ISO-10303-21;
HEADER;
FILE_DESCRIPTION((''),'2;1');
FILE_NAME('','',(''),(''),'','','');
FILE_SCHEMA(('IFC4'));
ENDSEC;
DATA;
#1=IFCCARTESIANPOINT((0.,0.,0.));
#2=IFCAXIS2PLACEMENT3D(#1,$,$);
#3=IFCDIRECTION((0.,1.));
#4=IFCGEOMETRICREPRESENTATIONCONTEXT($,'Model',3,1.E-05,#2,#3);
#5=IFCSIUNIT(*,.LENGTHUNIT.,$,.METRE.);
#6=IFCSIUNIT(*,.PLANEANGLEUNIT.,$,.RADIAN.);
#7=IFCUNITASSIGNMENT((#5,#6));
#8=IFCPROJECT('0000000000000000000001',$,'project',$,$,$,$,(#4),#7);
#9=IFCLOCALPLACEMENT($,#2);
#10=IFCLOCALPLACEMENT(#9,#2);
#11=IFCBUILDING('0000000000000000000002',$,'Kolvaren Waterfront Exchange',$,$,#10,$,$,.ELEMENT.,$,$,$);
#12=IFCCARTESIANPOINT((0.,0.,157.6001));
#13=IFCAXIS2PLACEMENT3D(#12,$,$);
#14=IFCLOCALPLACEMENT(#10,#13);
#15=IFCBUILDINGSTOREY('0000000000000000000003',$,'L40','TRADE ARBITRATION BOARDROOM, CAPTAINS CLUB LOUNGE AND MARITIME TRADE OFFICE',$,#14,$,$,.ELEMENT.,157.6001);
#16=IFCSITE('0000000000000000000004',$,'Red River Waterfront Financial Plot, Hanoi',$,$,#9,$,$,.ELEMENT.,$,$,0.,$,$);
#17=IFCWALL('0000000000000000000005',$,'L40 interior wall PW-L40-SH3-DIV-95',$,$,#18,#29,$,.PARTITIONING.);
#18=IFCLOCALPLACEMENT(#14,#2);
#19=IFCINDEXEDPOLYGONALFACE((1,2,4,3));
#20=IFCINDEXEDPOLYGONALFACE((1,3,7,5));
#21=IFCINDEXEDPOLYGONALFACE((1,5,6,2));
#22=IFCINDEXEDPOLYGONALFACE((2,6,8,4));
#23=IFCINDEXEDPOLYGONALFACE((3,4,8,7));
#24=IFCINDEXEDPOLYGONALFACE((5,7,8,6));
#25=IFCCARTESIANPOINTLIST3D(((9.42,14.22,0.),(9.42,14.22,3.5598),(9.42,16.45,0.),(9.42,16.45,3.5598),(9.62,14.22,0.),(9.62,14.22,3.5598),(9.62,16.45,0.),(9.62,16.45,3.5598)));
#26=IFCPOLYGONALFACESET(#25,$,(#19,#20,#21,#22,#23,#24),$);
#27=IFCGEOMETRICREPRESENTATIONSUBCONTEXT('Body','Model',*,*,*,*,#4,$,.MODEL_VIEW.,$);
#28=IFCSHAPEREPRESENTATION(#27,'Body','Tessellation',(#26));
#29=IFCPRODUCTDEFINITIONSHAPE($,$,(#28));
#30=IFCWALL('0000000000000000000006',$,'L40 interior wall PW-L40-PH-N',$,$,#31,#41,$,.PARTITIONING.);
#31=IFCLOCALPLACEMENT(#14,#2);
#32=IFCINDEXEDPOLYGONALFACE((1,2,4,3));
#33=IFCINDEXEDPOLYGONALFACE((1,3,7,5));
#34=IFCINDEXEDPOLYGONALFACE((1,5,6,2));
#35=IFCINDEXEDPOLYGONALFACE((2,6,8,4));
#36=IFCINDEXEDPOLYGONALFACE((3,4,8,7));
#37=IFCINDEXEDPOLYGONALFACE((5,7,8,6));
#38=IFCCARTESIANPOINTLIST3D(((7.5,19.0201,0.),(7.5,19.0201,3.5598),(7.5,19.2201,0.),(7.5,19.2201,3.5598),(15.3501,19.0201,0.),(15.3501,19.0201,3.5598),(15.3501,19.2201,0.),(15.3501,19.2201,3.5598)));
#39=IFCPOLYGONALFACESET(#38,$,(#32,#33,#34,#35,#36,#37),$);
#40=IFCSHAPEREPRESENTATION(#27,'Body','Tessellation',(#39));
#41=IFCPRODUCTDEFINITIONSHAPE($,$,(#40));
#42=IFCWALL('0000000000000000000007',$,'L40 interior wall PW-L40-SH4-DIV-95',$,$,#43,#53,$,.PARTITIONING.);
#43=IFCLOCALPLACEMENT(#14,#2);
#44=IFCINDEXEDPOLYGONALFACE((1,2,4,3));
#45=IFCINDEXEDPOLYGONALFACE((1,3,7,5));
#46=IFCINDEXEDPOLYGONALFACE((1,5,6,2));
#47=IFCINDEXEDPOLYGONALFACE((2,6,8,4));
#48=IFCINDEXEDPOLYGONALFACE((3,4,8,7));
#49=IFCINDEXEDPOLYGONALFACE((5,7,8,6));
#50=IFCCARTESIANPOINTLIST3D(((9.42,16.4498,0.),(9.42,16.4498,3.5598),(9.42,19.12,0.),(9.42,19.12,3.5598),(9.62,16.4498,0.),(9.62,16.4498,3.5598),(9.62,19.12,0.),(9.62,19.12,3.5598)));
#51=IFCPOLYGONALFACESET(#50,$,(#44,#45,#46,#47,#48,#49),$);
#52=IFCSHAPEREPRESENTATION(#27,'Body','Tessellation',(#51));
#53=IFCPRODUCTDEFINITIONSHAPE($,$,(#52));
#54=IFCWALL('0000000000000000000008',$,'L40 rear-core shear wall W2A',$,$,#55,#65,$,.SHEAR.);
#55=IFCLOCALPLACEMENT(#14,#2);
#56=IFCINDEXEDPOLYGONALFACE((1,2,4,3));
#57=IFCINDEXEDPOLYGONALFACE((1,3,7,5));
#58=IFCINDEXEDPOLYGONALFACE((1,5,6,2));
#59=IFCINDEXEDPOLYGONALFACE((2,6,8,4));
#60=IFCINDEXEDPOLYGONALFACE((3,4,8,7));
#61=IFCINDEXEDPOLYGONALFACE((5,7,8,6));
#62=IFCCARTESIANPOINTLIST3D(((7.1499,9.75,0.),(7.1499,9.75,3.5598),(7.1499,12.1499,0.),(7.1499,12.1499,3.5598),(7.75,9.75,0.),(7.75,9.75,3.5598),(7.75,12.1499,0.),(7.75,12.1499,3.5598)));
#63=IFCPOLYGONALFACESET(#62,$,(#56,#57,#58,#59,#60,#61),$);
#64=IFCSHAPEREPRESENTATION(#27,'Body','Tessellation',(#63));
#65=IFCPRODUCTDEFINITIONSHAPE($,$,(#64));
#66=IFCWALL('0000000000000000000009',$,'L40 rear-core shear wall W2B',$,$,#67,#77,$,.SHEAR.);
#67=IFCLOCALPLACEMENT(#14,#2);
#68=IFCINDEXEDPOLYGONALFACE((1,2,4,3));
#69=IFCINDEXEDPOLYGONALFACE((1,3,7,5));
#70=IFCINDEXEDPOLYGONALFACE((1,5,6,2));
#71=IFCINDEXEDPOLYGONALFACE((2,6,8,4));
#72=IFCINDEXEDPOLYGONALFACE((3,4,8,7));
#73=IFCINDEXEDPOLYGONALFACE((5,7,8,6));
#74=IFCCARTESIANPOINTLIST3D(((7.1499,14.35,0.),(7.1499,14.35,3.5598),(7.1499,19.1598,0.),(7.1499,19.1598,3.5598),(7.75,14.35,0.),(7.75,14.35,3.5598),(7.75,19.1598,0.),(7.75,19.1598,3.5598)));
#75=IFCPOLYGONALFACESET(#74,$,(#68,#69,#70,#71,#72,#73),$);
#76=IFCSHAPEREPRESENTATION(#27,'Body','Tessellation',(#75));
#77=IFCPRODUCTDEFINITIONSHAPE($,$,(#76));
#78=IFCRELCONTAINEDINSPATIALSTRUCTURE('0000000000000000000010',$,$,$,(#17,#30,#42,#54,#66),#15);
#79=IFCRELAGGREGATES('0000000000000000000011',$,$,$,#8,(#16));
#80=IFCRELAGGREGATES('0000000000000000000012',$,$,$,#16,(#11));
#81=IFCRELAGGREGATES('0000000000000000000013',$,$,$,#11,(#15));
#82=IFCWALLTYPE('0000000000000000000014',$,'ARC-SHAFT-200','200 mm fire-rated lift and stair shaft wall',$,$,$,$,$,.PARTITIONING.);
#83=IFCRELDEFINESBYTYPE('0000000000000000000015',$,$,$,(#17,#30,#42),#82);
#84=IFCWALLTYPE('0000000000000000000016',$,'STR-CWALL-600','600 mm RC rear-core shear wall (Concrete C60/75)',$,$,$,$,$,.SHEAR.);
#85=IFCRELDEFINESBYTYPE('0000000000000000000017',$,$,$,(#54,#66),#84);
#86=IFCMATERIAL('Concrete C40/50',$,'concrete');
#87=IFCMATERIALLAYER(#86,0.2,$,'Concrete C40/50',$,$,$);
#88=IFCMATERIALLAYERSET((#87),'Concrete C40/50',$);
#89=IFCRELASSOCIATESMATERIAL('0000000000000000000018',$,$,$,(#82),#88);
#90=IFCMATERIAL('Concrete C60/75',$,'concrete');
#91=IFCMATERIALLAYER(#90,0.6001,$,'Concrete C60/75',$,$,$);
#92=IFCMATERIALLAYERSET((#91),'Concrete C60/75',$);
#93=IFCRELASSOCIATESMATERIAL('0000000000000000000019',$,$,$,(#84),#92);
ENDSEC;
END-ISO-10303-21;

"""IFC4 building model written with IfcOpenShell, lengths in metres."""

from ifc_helpers import new_model, si_unit, direction, frame, frame_2d, origin, place, context, subcontext, project, spatial, rectangle, extrude, material, layer, layer_set, type_object, element, save


model = new_model("IFC4")

# Units and contexts
model_context = context("Model", 3, precision=1e-05, world=origin(), true_north=direction((0.0, 1.0)))
body_context = subcontext(model_context, "Body", "Model", "MODEL_VIEW")
ifc_project = project(units=[si_unit("LENGTHUNIT", "METRE"), si_unit("PLANEANGLEUNIT", "RADIAN")], contexts=[model_context])

# Site, building, storey
site_placement = place(None, origin())
site = spatial("IfcSite", under=ifc_project, at=site_placement, Name="Red River Waterfront Financial Plot, Hanoi", CompositionType="ELEMENT", RefElevation=0.0)
building_placement = place(site_placement, origin())
building = spatial("IfcBuilding", under=site, at=building_placement, Name="Kolvaren Waterfront Exchange", CompositionType="ELEMENT")
storey_placement = place(building_placement, frame((0.0, 0.0, 157.6001)))
storey = spatial("IfcBuildingStorey", under=building, at=storey_placement, Name="L40", Description="TRADE ARBITRATION BOARDROOM, CAPTAINS CLUB LOUNGE AND MARITIME TRADE OFFICE", CompositionType="ELEMENT", Elevation=157.6001)

# Shared definitions
ifc_material_1 = material(Name="Concrete C60/75", Category="concrete")

# Shared definitions
ifc_material_2 = material(Name="Concrete C40/50", Category="concrete")
ifc_layer_1 = layer(ifc_material_2, 0.2, Name="Concrete C40/50")
ifc_layer_set_1 = layer_set([ifc_layer_1], Name="Concrete C40/50")
wall_type_1 = type_object("IfcWallType", Name="ARC-SHAFT-200", Description="200 mm fire-rated lift and stair shaft wall", PredefinedType="PARTITIONING", material=ifc_layer_set_1)

# Walls
wall_1_placement = place(storey_placement, frame((9.52, 14.22, 0.0), z_axis=(0.0, 0.0, 1.0), x_axis=(0.0, 1.0, 0.0)))
element("IfcWall", 1, at=wall_1_placement, inside=storey, type_object=wall_type_1, Name="L40 interior wall PW-L40-SH3-DIV-95", PredefinedType="PARTITIONING", context=body_context, shape_type="SweptSolid", body=[
    extrude(rectangle(XDim=2.23, YDim=0.2, at=frame_2d((1.115, 0.0))), origin(), (0.0, 0.0, 1.0), 3.5598),
])
wall_2_placement = place(storey_placement, frame((7.5, 19.1201, 0.0), z_axis=(0.0, 0.0, 1.0), x_axis=(1.0, 0.0, 0.0)))
element("IfcWall", 2, at=wall_2_placement, inside=storey, type_object=wall_type_1, Name="L40 interior wall PW-L40-PH-N", PredefinedType="PARTITIONING", context=body_context, shape_type="SweptSolid", body=[
    extrude(rectangle(XDim=7.8501, YDim=0.2, at=frame_2d((3.925, 0.0))), origin(), (0.0, 0.0, 1.0), 3.5598),
])
wall_3_placement = place(storey_placement, frame((9.52, 16.45, 0.0), z_axis=(0.0, 0.0, 1.0), x_axis=(0.0, 1.0, 0.0)))
element("IfcWall", 3, at=wall_3_placement, inside=storey, type_object=wall_type_1, Name="L40 interior wall PW-L40-SH4-DIV-95", PredefinedType="PARTITIONING", context=body_context, shape_type="SweptSolid", body=[
    extrude(rectangle(XDim=2.6702, YDim=0.2, at=frame_2d((1.335, 0.0))), origin(), (0.0, 0.0, 1.0), 3.5598),
])
ifc_layer_2 = layer(ifc_material_1, 0.6001, Name="Concrete C60/75")
ifc_layer_set_2 = layer_set([ifc_layer_2], Name="Concrete C60/75")
wall_type_2 = type_object("IfcWallType", Name="STR-CWALL-600", Description="600 mm RC rear-core shear wall (Concrete C60/75)", PredefinedType="SHEAR", material=ifc_layer_set_2)
wall_4_placement = place(storey_placement, frame((7.45, 9.75, 0.0), z_axis=(0.0, 0.0, 1.0), x_axis=(0.0, 1.0, 0.0)))
element("IfcWall", 4, at=wall_4_placement, inside=storey, type_object=wall_type_2, Name="L40 rear-core shear wall W2A", PredefinedType="SHEAR", context=body_context, shape_type="SweptSolid", body=[
    extrude(rectangle(XDim=2.3999, YDim=0.6001, at=frame_2d((1.2, 0.0))), origin(), (0.0, 0.0, 1.0), 3.5598),
])
wall_5_placement = place(storey_placement, frame((7.45, 14.3501, 0.0), z_axis=(0.0, 0.0, 1.0), x_axis=(0.0, 1.0, 0.0)))
element("IfcWall", 5, at=wall_5_placement, inside=storey, type_object=wall_type_2, Name="L40 rear-core shear wall W2B", PredefinedType="SHEAR", context=body_context, shape_type="SweptSolid", body=[
    extrude(rectangle(XDim=4.8098, YDim=0.6001, at=frame_2d((2.4048, 0.0))), origin(), (0.0, 0.0, 1.0), 3.5598),
])

save(model, "model.ifc")
